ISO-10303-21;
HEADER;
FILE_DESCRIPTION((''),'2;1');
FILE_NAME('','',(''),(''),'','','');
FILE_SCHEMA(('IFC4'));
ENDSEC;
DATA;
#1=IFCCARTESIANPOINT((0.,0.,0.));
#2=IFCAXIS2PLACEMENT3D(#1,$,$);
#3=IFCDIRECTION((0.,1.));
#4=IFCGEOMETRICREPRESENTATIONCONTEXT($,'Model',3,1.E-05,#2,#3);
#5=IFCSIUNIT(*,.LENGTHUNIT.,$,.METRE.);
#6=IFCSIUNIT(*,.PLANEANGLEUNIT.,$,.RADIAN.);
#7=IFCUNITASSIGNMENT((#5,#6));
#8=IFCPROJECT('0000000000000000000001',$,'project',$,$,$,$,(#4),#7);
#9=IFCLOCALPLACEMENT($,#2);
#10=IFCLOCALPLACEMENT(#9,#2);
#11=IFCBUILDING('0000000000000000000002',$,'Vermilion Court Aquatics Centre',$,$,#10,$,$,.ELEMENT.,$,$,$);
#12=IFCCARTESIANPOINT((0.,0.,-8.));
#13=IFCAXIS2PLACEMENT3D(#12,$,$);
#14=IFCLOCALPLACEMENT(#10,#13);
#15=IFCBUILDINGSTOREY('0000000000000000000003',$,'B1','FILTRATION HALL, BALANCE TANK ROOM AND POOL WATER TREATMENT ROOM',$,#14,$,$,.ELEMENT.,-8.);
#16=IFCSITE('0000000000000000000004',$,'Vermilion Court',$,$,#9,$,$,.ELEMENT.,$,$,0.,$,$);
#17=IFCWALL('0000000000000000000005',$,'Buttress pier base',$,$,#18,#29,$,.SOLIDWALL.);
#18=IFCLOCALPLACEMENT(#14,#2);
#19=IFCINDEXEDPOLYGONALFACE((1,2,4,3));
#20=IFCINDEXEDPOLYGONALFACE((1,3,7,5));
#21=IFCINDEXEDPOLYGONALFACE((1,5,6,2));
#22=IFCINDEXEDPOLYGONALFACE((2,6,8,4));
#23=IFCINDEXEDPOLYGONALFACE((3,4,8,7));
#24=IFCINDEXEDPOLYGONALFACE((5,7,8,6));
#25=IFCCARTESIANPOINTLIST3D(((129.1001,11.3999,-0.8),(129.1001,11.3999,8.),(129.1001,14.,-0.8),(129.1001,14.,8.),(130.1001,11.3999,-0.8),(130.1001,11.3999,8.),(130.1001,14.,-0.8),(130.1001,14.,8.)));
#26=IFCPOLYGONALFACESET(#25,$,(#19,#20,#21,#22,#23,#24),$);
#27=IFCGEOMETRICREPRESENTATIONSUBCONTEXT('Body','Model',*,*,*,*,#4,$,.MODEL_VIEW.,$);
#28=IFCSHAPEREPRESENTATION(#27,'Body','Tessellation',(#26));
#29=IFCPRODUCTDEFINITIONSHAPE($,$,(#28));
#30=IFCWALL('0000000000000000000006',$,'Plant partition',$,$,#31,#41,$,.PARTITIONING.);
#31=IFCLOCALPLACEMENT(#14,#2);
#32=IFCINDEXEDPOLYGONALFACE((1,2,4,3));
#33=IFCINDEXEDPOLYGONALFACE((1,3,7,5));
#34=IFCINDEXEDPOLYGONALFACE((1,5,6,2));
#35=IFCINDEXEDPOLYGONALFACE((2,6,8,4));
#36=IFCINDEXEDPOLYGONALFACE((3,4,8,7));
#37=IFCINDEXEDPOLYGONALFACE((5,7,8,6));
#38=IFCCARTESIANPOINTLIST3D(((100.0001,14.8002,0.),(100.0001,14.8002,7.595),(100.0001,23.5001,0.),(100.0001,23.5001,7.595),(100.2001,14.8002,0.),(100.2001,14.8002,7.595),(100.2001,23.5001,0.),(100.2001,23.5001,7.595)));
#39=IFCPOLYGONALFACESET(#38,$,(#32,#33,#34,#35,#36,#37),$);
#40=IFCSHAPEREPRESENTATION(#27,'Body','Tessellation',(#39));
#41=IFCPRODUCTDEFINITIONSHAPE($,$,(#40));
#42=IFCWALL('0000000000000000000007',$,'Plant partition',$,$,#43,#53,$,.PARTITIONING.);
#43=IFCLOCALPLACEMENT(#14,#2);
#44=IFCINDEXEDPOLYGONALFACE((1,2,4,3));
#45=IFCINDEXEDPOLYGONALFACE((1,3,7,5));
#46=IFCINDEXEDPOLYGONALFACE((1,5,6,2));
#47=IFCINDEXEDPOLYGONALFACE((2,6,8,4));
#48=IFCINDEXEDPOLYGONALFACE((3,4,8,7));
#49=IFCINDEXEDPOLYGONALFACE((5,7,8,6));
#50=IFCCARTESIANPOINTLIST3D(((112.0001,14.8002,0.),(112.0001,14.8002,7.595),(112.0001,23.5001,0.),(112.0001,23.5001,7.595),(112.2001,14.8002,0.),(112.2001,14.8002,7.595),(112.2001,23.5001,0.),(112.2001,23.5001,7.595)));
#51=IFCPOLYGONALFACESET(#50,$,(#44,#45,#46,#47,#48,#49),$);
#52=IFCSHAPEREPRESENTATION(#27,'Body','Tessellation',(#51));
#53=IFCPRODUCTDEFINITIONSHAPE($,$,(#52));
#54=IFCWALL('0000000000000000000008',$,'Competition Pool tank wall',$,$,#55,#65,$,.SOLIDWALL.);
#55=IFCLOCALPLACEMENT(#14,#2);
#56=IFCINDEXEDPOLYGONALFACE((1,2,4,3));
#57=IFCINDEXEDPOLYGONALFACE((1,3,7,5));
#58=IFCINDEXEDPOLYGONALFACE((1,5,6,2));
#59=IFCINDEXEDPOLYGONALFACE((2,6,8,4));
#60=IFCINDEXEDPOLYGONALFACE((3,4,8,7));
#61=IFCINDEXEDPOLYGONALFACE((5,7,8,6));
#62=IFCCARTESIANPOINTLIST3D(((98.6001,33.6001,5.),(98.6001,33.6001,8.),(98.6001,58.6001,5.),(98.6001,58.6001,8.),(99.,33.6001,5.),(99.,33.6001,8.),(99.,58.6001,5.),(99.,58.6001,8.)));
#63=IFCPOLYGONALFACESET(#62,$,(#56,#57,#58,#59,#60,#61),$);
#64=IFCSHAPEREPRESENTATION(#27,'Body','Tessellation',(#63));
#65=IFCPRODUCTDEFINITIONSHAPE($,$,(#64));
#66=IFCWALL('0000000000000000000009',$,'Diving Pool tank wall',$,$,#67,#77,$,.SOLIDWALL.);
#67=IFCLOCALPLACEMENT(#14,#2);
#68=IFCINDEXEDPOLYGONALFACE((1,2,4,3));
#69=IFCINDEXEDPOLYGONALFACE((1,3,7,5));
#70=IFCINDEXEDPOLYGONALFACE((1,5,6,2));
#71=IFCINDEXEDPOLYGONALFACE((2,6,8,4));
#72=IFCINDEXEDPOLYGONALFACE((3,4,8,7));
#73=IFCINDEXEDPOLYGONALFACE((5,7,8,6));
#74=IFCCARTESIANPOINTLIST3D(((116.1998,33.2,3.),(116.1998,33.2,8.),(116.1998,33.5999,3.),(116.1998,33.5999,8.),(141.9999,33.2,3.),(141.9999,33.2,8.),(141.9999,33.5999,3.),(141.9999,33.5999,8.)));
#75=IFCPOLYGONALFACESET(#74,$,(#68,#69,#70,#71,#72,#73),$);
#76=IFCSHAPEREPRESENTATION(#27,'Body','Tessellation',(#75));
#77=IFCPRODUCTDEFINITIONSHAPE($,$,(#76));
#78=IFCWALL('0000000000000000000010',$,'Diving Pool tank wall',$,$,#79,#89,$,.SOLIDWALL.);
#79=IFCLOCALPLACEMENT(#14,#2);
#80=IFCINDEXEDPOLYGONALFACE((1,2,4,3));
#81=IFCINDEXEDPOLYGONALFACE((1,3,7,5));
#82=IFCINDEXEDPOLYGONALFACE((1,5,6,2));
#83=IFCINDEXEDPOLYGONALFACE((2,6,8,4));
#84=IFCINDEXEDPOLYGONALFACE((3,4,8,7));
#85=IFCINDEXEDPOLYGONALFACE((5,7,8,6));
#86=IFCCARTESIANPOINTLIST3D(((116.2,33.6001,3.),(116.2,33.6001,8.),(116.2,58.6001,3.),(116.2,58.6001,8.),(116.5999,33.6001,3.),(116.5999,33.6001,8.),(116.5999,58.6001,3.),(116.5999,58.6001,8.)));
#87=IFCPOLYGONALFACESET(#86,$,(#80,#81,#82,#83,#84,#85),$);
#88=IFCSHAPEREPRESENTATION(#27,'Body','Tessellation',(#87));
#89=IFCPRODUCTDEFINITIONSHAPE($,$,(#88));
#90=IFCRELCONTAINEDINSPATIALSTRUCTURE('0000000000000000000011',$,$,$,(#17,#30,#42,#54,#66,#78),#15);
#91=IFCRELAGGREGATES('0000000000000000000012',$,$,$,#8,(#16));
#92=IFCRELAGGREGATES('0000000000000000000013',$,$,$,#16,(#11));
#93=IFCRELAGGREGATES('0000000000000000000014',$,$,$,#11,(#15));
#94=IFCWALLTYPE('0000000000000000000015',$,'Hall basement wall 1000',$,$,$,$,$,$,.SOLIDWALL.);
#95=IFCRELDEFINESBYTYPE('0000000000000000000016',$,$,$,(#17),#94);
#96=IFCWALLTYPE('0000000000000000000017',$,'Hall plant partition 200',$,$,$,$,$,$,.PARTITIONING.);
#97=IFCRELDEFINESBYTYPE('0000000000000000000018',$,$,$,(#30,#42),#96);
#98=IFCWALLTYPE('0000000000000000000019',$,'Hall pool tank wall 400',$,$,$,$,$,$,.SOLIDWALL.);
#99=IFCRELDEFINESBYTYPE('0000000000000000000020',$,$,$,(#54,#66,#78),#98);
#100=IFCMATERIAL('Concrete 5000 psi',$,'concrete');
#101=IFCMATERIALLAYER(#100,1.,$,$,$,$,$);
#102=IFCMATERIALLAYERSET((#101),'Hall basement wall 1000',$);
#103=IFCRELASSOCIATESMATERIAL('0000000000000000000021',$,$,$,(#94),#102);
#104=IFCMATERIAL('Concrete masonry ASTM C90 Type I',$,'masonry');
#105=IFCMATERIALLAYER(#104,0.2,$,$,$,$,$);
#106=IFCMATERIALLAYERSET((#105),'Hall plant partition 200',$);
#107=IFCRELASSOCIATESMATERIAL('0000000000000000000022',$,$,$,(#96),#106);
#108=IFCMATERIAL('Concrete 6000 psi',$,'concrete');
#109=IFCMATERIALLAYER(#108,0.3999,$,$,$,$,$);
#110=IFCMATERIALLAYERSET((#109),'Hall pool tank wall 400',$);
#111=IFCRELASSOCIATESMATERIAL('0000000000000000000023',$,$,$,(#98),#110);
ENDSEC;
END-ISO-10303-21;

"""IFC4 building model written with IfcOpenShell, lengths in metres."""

from ifc_helpers import new_model, si_unit, direction, frame, frame_2d, origin, place, context, subcontext, project, spatial, rectangle, extrude, material, layer, layer_set, type_object, element, save


model = new_model("IFC4")

# Units and contexts
model_context = context("Model", 3, precision=1e-05, world=origin(), true_north=direction((0.0, 1.0)))
body_context = subcontext(model_context, "Body", "Model", "MODEL_VIEW")
ifc_project = project(units=[si_unit("LENGTHUNIT", "METRE"), si_unit("PLANEANGLEUNIT", "RADIAN")], contexts=[model_context])

# Site, building, storey
site_placement = place(None, origin())
site = spatial("IfcSite", under=ifc_project, at=site_placement, Name="Vermilion Court", CompositionType="ELEMENT", RefElevation=0.0)
building_placement = place(site_placement, origin())
building = spatial("IfcBuilding", under=site, at=building_placement, Name="Vermilion Court Aquatics Centre", CompositionType="ELEMENT")
storey_placement = place(building_placement, frame((0.0, 0.0, -8.0)))
storey = spatial("IfcBuildingStorey", under=building, at=storey_placement, Name="B1", Description="FILTRATION HALL, BALANCE TANK ROOM AND POOL WATER TREATMENT ROOM", CompositionType="ELEMENT", Elevation=-8.0)

# Walls
ifc_material_1 = material(Name="Concrete 5000 psi", Category="concrete")
ifc_layer_1 = layer(ifc_material_1, 1.0)
ifc_layer_set_1 = layer_set([ifc_layer_1], Name="Hall basement wall 1000")
wall_type_1 = type_object("IfcWallType", Name="Hall basement wall 1000", PredefinedType="SOLIDWALL", material=ifc_layer_set_1)
for number, where, z_axis, x_axis, name in (
    (1, (129.6001, 11.3999, -0.8), (0.0, 0.0, 1.0), (0.0, 1.0, 0.0), "Buttress pier base"),
):
    element("IfcWall", number, at=place(storey_placement, frame(where, z_axis=z_axis, x_axis=x_axis)), inside=storey, type_object=wall_type_1, Name=name, PredefinedType="SOLIDWALL", context=body_context, shape_type="SweptSolid", body=[
        extrude(rectangle(XDim=2.6001, YDim=1.0, at=frame_2d((1.3, 0.0))), origin(), (0.0, 0.0, 1.0), 8.8),
    ])
ifc_material_2 = material(Name="Concrete masonry ASTM C90 Type I", Category="masonry")
ifc_layer_2 = layer(ifc_material_2, 0.2)
ifc_layer_set_2 = layer_set([ifc_layer_2], Name="Hall plant partition 200")
wall_type_2 = type_object("IfcWallType", Name="Hall plant partition 200", PredefinedType="PARTITIONING", material=ifc_layer_set_2)
for number, where, z_axis, x_axis, name in (
    (2, (100.1001, 14.8, 0.0), (0.0, 0.0, 1.0), (0.0, 1.0, 0.0), "Plant partition"),
    (3, (112.1001, 14.8, 0.0), (0.0, 0.0, 1.0), (0.0, 1.0, 0.0), "Plant partition"),
):
    element("IfcWall", number, at=place(storey_placement, frame(where, z_axis=z_axis, x_axis=x_axis)), inside=storey, type_object=wall_type_2, Name=name, PredefinedType="PARTITIONING", context=body_context, shape_type="SweptSolid", body=[
        extrude(rectangle(XDim=8.7, YDim=0.2, at=frame_2d((4.3501, 0.0))), origin(), (0.0, 0.0, 1.0), 7.595),
    ])
ifc_material_3 = material(Name="Concrete 6000 psi", Category="concrete")
ifc_layer_3 = layer(ifc_material_3, 0.3999)
ifc_layer_set_3 = layer_set([ifc_layer_3], Name="Hall pool tank wall 400")
wall_type_3 = type_object("IfcWallType", Name="Hall pool tank wall 400", PredefinedType="SOLIDWALL", material=ifc_layer_set_3)
wall_1_placement = place(storey_placement, frame((98.8, 33.6001, 5.0), z_axis=(0.0, 0.0, 1.0), x_axis=(0.0, 1.0, 0.0)))
element("IfcWall", 4, at=wall_1_placement, inside=storey, type_object=wall_type_3, Name="Competition Pool tank wall", PredefinedType="SOLIDWALL", context=body_context, shape_type="SweptSolid", body=[
    extrude(rectangle(XDim=25.0, YDim=0.3999, at=frame_2d((12.5, 0.0))), origin(), (0.0, 0.0, 1.0), 3.0),
])
wall_2_placement = place(storey_placement, frame((116.2, 33.3999, 3.0), z_axis=(0.0, 0.0, 1.0), x_axis=(1.0, 0.0, 0.0)))
element("IfcWall", 5, at=wall_2_placement, inside=storey, type_object=wall_type_3, Name="Diving Pool tank wall", PredefinedType="SOLIDWALL", context=body_context, shape_type="SweptSolid", body=[
    extrude(rectangle(XDim=25.8, YDim=0.3999, at=frame_2d((12.8999, 0.0))), origin(), (0.0, 0.0, 1.0), 5.0),
])
wall_3_placement = place(storey_placement, frame((116.3999, 33.6001, 3.0), z_axis=(0.0, 0.0, 1.0), x_axis=(0.0, 1.0, 0.0)))
element("IfcWall", 6, at=wall_3_placement, inside=storey, type_object=wall_type_3, Name="Diving Pool tank wall", PredefinedType="SOLIDWALL", context=body_context, shape_type="SweptSolid", body=[
    extrude(rectangle(XDim=25.0, YDim=0.3999, at=frame_2d((12.5, 0.0))), origin(), (0.0, 0.0, 1.0), 5.0),
])

save(model, "model.ifc")
